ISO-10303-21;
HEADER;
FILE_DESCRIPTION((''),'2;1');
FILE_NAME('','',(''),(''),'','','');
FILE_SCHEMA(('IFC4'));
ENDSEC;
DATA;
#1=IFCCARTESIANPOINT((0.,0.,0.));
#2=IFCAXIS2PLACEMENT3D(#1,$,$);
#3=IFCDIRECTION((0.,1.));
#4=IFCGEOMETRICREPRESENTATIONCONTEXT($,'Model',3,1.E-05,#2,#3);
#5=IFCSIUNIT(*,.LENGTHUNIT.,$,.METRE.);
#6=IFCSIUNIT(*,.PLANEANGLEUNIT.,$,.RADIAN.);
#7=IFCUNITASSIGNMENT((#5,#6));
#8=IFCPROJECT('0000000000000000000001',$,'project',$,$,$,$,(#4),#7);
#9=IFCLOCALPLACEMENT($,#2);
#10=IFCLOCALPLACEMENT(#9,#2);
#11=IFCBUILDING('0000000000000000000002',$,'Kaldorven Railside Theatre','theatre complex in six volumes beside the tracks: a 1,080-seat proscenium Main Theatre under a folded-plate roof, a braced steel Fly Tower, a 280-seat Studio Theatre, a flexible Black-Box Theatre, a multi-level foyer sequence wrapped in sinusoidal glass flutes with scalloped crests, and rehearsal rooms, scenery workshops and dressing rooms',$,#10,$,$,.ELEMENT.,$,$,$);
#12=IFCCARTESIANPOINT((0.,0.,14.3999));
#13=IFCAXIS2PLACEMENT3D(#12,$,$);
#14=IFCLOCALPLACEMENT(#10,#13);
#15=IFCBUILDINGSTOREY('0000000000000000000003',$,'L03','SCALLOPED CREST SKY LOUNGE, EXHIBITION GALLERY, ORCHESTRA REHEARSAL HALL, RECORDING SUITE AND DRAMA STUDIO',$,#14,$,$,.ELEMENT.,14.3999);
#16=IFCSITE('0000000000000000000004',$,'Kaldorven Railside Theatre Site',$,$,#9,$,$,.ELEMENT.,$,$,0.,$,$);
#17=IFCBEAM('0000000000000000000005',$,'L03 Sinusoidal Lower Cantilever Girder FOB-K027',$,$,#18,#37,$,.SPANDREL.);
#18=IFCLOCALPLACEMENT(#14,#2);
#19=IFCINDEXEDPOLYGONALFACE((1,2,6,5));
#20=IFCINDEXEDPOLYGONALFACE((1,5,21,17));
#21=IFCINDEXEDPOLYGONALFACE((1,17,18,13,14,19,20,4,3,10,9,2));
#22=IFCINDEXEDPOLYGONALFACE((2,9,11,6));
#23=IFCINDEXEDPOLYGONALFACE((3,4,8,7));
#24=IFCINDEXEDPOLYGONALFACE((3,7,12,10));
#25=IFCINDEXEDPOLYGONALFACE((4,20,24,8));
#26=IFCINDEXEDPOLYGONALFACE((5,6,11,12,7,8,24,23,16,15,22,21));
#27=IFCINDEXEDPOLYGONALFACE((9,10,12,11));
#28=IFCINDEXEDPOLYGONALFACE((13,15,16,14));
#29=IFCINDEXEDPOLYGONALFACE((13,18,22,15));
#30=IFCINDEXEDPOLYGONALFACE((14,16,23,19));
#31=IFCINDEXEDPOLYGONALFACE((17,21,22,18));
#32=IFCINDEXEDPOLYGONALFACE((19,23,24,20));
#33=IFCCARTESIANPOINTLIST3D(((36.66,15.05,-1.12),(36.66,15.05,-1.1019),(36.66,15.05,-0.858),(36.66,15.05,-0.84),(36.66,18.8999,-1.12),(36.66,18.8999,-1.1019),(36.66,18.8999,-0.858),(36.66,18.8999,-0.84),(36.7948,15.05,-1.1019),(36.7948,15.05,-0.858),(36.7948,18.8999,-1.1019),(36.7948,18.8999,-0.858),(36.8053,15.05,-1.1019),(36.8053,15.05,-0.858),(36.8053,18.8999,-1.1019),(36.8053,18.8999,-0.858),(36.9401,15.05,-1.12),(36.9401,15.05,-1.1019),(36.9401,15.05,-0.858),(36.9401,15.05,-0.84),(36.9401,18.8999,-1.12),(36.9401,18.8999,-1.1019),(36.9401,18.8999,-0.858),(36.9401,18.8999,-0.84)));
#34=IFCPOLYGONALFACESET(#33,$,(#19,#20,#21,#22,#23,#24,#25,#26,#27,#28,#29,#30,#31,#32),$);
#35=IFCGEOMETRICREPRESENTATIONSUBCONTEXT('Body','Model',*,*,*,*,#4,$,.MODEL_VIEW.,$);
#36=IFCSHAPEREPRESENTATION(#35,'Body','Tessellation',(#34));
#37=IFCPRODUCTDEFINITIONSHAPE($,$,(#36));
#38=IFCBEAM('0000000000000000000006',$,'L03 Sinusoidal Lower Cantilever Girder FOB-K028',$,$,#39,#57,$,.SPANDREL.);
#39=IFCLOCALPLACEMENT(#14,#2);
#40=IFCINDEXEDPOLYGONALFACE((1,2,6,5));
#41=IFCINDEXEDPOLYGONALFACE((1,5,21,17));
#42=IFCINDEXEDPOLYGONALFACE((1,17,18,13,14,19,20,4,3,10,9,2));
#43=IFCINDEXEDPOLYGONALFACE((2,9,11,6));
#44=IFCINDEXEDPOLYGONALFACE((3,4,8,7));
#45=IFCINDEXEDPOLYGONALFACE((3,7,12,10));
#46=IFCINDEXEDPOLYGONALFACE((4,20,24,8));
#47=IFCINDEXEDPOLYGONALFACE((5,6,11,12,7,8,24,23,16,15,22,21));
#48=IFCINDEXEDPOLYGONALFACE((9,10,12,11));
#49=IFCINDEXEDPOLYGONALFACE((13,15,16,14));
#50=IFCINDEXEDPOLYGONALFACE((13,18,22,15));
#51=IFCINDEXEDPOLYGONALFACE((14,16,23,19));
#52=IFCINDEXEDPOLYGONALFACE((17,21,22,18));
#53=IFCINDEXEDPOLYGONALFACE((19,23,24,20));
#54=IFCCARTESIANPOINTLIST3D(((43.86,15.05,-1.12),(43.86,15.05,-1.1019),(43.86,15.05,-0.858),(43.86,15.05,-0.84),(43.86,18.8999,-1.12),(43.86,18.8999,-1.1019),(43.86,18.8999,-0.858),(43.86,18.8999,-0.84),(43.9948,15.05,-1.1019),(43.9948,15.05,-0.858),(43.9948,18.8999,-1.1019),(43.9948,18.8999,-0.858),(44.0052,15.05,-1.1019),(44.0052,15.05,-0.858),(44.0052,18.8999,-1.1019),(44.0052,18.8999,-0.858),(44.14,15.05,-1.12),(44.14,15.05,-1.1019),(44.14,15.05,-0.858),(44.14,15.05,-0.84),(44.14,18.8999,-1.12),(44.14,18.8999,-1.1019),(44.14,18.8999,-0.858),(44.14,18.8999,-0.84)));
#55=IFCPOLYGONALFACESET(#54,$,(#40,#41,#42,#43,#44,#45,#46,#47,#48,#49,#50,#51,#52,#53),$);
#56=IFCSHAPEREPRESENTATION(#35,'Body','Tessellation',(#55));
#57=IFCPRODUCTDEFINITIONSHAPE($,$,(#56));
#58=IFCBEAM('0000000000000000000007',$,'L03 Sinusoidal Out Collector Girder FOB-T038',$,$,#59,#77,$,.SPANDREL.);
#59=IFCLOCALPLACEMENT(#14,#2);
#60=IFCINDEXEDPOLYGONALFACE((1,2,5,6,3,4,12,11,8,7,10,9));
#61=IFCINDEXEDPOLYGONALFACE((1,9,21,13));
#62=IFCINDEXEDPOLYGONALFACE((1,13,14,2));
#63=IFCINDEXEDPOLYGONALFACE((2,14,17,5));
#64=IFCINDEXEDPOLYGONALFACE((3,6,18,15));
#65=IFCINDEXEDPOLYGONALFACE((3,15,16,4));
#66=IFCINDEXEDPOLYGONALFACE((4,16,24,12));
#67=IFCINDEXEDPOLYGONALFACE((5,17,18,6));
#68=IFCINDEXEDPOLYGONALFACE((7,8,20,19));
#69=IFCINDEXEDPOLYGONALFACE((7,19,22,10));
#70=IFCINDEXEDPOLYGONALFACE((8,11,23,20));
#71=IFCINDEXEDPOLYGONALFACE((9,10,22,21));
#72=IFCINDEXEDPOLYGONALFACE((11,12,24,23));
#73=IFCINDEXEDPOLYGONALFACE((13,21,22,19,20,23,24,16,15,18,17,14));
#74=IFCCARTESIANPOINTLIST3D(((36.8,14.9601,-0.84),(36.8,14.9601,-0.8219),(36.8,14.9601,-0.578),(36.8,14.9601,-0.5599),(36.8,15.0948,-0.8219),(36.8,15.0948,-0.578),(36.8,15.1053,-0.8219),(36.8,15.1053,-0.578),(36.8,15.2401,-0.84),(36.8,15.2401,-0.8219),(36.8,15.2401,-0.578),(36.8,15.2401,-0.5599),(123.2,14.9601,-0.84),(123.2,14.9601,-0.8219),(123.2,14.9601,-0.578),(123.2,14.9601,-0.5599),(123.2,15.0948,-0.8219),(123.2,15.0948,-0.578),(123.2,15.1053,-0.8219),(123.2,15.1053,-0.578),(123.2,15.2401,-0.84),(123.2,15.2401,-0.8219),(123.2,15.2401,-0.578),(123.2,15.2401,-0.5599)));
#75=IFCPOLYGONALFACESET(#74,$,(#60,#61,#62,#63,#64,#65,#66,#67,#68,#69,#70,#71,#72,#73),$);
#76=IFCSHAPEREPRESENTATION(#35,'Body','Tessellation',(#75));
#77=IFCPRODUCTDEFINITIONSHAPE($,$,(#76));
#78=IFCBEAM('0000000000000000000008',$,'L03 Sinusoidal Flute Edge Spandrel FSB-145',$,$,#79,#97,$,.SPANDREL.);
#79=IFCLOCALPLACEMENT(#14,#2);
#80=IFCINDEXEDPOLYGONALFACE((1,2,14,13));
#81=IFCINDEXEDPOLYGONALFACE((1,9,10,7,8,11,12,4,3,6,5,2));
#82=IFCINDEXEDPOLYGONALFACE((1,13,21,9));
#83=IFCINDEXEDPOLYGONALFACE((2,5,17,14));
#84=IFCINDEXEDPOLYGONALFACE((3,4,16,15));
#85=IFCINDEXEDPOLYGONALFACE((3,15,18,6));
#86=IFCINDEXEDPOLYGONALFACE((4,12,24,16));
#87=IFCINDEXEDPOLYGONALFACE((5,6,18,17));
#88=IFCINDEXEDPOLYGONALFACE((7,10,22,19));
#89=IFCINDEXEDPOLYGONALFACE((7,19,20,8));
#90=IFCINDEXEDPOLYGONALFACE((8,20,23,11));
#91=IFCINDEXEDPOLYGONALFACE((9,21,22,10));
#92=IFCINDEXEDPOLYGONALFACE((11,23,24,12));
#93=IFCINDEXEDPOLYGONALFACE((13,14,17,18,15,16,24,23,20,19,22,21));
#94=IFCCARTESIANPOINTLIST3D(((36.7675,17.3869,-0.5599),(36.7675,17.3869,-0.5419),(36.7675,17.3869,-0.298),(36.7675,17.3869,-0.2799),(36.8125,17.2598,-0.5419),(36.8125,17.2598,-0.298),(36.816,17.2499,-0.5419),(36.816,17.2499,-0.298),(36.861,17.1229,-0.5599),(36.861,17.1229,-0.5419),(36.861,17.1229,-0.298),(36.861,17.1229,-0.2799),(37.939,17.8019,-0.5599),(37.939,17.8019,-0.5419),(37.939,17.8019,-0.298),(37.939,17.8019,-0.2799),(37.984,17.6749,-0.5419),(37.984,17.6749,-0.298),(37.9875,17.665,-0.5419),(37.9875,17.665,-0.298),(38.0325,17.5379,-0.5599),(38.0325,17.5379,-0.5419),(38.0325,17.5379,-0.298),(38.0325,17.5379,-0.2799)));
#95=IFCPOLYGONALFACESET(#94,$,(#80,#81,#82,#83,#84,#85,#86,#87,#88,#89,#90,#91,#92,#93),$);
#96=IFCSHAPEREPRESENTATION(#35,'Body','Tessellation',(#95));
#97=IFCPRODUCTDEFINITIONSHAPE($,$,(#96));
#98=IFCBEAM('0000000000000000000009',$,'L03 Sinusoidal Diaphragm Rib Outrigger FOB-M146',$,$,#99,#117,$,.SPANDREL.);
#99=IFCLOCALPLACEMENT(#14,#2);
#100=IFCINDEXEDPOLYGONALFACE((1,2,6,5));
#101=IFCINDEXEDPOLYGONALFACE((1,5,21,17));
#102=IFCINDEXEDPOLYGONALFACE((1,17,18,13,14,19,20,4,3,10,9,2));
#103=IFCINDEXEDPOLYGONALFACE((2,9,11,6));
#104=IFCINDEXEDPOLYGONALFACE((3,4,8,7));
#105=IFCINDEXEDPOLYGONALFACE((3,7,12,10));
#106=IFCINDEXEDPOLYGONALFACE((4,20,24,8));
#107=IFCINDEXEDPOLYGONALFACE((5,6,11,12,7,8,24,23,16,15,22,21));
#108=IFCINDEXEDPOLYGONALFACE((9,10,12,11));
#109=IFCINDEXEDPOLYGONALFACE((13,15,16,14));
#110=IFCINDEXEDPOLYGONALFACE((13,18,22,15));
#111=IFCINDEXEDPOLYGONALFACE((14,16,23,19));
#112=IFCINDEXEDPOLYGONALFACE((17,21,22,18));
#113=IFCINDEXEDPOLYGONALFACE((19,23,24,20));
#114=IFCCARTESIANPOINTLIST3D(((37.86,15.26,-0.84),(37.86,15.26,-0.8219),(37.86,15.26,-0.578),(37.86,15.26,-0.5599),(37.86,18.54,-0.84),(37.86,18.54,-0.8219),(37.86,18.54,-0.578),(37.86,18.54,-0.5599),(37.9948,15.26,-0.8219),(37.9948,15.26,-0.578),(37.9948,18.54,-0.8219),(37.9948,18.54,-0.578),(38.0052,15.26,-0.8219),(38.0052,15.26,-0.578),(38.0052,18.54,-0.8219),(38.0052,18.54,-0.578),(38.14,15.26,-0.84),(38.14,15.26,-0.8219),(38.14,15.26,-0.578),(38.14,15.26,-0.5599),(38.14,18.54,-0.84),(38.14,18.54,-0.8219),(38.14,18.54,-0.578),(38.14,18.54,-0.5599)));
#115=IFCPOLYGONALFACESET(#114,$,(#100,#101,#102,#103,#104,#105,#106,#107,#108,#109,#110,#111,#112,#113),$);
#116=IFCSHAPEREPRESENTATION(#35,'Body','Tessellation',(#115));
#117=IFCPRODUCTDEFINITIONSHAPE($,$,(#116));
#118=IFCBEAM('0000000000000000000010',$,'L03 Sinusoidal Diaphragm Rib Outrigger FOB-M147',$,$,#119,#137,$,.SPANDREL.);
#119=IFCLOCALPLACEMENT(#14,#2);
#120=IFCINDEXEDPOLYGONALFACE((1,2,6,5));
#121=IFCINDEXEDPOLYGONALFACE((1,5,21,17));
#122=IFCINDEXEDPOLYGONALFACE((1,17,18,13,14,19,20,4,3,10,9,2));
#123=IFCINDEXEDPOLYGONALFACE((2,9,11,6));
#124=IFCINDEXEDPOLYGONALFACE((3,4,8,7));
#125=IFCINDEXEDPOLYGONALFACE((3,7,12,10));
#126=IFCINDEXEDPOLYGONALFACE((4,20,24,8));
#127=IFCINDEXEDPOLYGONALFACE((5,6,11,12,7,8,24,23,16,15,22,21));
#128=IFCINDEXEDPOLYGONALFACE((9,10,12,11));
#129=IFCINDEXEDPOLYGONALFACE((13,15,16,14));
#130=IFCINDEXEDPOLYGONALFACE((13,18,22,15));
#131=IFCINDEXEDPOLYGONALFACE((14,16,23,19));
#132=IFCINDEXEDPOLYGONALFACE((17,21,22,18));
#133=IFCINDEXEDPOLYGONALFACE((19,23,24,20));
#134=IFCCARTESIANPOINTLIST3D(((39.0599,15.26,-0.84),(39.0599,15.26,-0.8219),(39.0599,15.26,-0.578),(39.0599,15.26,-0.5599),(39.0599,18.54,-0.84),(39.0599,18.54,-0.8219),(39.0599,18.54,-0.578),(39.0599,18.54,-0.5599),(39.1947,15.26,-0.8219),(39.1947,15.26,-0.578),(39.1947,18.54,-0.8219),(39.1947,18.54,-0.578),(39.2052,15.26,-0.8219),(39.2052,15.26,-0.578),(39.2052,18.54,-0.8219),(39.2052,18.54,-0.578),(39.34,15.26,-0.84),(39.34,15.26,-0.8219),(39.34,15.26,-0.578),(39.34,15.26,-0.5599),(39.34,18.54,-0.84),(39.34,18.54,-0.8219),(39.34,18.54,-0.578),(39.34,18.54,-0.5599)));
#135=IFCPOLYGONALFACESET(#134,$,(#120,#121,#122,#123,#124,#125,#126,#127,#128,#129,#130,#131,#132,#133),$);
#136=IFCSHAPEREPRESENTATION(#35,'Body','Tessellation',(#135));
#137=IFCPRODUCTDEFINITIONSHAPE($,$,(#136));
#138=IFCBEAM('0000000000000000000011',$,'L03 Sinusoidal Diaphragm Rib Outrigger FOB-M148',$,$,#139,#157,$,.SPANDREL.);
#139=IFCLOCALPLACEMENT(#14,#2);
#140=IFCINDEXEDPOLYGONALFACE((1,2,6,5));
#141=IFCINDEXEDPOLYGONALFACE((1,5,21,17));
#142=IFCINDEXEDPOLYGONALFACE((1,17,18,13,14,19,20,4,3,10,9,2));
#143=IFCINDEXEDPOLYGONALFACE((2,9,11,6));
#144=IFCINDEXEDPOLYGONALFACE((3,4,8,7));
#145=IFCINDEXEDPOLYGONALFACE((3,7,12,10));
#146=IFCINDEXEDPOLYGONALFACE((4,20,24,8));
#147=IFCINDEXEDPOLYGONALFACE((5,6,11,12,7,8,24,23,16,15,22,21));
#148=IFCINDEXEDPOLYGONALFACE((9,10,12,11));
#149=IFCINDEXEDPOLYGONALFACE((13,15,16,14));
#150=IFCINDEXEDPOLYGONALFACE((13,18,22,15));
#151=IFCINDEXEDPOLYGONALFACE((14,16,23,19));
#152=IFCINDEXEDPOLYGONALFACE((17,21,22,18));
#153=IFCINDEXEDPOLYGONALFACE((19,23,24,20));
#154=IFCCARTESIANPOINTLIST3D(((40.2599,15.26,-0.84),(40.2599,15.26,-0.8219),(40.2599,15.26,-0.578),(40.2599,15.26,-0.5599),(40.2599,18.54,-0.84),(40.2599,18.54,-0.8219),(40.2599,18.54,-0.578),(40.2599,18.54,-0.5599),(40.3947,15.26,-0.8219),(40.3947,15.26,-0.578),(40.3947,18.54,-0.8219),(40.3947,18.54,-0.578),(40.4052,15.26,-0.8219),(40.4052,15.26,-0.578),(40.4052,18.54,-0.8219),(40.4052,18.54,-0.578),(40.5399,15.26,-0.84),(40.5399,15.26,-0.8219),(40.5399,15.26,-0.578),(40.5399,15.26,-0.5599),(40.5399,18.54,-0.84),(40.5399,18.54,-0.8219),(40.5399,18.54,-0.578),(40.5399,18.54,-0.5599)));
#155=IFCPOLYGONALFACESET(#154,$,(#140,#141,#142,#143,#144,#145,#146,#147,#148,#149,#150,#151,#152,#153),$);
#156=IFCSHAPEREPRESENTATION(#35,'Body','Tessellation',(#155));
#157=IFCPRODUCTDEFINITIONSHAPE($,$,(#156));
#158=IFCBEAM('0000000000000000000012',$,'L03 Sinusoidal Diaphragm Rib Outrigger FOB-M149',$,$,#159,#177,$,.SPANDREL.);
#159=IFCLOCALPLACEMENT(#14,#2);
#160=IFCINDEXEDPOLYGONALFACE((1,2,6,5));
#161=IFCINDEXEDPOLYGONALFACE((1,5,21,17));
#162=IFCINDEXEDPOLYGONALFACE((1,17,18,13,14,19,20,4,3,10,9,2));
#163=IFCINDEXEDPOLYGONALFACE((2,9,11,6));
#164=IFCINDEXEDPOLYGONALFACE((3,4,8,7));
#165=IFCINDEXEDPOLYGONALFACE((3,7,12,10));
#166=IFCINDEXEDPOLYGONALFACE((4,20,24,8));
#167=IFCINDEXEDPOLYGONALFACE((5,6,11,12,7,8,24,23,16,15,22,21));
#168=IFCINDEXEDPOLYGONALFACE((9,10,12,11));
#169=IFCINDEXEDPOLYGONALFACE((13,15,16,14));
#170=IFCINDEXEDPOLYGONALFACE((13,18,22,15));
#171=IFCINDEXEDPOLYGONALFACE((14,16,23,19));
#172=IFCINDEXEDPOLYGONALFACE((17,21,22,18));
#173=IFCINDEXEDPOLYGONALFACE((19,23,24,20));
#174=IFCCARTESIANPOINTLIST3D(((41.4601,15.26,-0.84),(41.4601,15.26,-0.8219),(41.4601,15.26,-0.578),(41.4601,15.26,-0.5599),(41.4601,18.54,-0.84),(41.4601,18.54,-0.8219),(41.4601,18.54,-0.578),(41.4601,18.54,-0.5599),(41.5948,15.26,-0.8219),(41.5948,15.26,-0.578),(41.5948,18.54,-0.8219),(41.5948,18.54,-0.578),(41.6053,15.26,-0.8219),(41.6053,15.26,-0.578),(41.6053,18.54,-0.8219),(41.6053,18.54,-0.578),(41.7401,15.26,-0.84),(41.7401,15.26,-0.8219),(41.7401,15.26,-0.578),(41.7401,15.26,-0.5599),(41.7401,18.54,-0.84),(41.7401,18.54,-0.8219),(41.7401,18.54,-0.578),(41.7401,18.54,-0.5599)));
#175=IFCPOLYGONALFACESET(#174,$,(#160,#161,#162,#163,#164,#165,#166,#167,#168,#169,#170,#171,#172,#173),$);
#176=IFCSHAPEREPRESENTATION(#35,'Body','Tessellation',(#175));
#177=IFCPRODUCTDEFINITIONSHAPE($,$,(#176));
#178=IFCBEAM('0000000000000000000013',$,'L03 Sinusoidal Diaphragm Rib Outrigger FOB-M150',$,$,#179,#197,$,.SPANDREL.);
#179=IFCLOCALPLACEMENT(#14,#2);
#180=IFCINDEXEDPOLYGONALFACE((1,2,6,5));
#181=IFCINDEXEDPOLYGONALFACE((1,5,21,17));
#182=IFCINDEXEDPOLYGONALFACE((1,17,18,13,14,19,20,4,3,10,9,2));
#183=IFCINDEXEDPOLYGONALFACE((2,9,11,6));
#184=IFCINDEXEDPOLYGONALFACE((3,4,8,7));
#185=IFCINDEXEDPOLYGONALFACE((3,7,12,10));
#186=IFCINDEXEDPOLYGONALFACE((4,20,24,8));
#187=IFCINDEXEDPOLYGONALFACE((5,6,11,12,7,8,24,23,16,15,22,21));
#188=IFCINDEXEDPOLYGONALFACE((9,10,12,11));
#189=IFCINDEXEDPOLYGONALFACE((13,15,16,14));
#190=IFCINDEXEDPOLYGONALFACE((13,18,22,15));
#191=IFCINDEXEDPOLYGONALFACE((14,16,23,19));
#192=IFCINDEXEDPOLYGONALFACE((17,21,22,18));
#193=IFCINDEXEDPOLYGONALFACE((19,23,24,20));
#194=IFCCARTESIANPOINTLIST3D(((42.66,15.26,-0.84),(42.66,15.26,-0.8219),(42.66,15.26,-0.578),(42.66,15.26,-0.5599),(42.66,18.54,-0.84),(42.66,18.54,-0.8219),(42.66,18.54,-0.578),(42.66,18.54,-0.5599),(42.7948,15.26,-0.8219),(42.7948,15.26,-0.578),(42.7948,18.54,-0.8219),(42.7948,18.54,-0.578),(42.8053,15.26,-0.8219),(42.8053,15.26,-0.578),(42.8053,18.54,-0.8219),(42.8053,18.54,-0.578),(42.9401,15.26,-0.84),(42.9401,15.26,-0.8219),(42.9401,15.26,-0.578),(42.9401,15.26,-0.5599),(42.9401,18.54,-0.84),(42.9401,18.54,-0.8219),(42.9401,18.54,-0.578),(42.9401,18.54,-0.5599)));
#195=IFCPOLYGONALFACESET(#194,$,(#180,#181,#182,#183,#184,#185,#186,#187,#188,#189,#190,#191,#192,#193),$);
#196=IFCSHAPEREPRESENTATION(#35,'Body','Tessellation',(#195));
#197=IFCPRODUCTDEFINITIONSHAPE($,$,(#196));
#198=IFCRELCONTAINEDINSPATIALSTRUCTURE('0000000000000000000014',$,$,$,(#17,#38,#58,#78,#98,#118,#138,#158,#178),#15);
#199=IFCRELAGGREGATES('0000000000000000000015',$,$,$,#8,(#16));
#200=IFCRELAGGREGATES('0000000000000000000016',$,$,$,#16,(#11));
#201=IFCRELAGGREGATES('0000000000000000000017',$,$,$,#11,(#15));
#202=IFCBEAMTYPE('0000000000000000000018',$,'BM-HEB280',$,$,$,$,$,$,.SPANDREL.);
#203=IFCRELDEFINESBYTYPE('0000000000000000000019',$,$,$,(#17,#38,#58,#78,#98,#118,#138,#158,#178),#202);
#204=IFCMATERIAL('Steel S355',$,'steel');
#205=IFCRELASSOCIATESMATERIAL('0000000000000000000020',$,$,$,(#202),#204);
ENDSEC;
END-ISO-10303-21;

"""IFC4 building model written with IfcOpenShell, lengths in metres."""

from ifc_helpers import new_model, si_unit, direction, frame, origin, origin_2d, place, context, subcontext, project, spatial, i_section, extrude, material, material_profile, profile_set, type_object, element, save


model = new_model("IFC4")

# Units and contexts
model_context = context("Model", 3, precision=1e-05, world=origin(), true_north=direction((0.0, 1.0)))
body_context = subcontext(model_context, "Body", "Model", "MODEL_VIEW")
ifc_project = project(units=[si_unit("LENGTHUNIT", "METRE"), si_unit("PLANEANGLEUNIT", "RADIAN")], contexts=[model_context])

# Site, building, storey
site_placement = place(None, origin())
site = spatial("IfcSite", under=ifc_project, at=site_placement, Name="Kaldorven Railside Theatre Site", CompositionType="ELEMENT", RefElevation=0.0)
building_placement = place(site_placement, origin())
building = spatial("IfcBuilding", under=site, at=building_placement, Name="Kaldorven Railside Theatre", Description="theatre complex in six volumes beside the tracks: a 1,080-seat proscenium Main Theatre under a folded-plate roof, a braced steel Fly Tower, a 280-seat Studio Theatre, a flexible Black-Box Theatre, a multi-level foyer sequence wrapped in sinusoidal glass flutes with scalloped crests, and rehearsal rooms, scenery workshops and dressing rooms", CompositionType="ELEMENT")
storey_placement = place(building_placement, frame((0.0, 0.0, 14.3999)))
storey = spatial("IfcBuildingStorey", under=building, at=storey_placement, Name="L03", Description="SCALLOPED CREST SKY LOUNGE, EXHIBITION GALLERY, ORCHESTRA REHEARSAL HALL, RECORDING SUITE AND DRAMA STUDIO", CompositionType="ELEMENT", Elevation=14.3999)

# Beams
ifc_material_1 = material(Name="Steel S355", Category="steel")
ifc_material_profile_1 = material_profile(ifc_material_1, i_section(OverallWidth=0.28, OverallDepth=0.28, WebThickness=0.0105, FlangeThickness=0.0181, at=origin_2d()), Name="HEB 280")
ifc_profile_set_1 = profile_set([ifc_material_profile_1], Name="Steel S355")
beam_type_1 = type_object("IfcBeamType", Name="BM-HEB280", PredefinedType="SPANDREL", material=ifc_profile_set_1)
for number, where, z_axis, x_axis, name in (
    (1, (36.8, 15.05, -0.98), (0.0, 1.0, 0.0), (-1.0, 0.0, 0.0), "L03 Sinusoidal Lower Cantilever Girder FOB-K027"),
    (2, (44.0, 15.05, -0.98), (0.0, 1.0, 0.0), (-1.0, 0.0, 0.0), "L03 Sinusoidal Lower Cantilever Girder FOB-K028"),
):
    element("IfcBeam", number, at=place(storey_placement, frame(where, z_axis=z_axis, x_axis=x_axis)), inside=storey, type_object=beam_type_1, Name=name, PredefinedType="SPANDREL", context=body_context, shape_type="SweptSolid", body=[
        extrude(i_section(OverallWidth=0.28, OverallDepth=0.28, WebThickness=0.0105, FlangeThickness=0.0181, at=origin_2d()), origin(), (0.0, 0.0, 1.0), 3.8499),
    ])
beam_1_placement = place(storey_placement, frame((36.8, 15.1001, -0.7), z_axis=(1.0, 0.0, 0.0), x_axis=(0.0, 1.0, 0.0)))
element("IfcBeam", 3, at=beam_1_placement, inside=storey, type_object=beam_type_1, Name="L03 Sinusoidal Out Collector Girder FOB-T038", PredefinedType="SPANDREL", context=body_context, shape_type="SweptSolid", body=[
    extrude(i_section(OverallWidth=0.28, OverallDepth=0.28, WebThickness=0.0105, FlangeThickness=0.0181, at=origin_2d()), origin(), (0.0, 0.0, 1.0), 86.3999),
])
beam_2_placement = place(storey_placement, frame((36.8142, 17.2549, -0.4199), z_axis=(0.942605, 0.333909, 0.0), x_axis=(-0.333909, 0.942605, 0.0)))
element("IfcBeam", 4, at=beam_2_placement, inside=storey, type_object=beam_type_1, Name="L03 Sinusoidal Flute Edge Spandrel FSB-145", PredefinedType="SPANDREL", context=body_context, shape_type="SweptSolid", body=[
    extrude(i_section(OverallWidth=0.28, OverallDepth=0.28, WebThickness=0.0105, FlangeThickness=0.0181, at=origin_2d()), origin(), (0.0, 0.0, 1.0), 1.2429),
])
for number, where, z_axis, x_axis, name in (
    (5, (38.0, 15.26, -0.7), (0.0, 1.0, 0.0), (-1.0, 0.0, 0.0), "L03 Sinusoidal Diaphragm Rib Outrigger FOB-M146"),
    (6, (39.2, 15.26, -0.7), (0.0, 1.0, 0.0), (-1.0, 0.0, 0.0), "L03 Sinusoidal Diaphragm Rib Outrigger FOB-M147"),
    (7, (40.3999, 15.26, -0.7), (0.0, 1.0, 0.0), (-1.0, 0.0, 0.0), "L03 Sinusoidal Diaphragm Rib Outrigger FOB-M148"),
    (8, (41.6001, 15.26, -0.7), (0.0, 1.0, 0.0), (-1.0, 0.0, 0.0), "L03 Sinusoidal Diaphragm Rib Outrigger FOB-M149"),
    (9, (42.8, 15.26, -0.7), (0.0, 1.0, 0.0), (-1.0, 0.0, 0.0), "L03 Sinusoidal Diaphragm Rib Outrigger FOB-M150"),
):
    element("IfcBeam", number, at=place(storey_placement, frame(where, z_axis=z_axis, x_axis=x_axis)), inside=storey, type_object=beam_type_1, Name=name, PredefinedType="SPANDREL", context=body_context, shape_type="SweptSolid", body=[
        extrude(i_section(OverallWidth=0.28, OverallDepth=0.28, WebThickness=0.0105, FlangeThickness=0.0181, at=origin_2d()), origin(), (0.0, 0.0, 1.0), 3.28),
    ])

save(model, "model.ifc")
